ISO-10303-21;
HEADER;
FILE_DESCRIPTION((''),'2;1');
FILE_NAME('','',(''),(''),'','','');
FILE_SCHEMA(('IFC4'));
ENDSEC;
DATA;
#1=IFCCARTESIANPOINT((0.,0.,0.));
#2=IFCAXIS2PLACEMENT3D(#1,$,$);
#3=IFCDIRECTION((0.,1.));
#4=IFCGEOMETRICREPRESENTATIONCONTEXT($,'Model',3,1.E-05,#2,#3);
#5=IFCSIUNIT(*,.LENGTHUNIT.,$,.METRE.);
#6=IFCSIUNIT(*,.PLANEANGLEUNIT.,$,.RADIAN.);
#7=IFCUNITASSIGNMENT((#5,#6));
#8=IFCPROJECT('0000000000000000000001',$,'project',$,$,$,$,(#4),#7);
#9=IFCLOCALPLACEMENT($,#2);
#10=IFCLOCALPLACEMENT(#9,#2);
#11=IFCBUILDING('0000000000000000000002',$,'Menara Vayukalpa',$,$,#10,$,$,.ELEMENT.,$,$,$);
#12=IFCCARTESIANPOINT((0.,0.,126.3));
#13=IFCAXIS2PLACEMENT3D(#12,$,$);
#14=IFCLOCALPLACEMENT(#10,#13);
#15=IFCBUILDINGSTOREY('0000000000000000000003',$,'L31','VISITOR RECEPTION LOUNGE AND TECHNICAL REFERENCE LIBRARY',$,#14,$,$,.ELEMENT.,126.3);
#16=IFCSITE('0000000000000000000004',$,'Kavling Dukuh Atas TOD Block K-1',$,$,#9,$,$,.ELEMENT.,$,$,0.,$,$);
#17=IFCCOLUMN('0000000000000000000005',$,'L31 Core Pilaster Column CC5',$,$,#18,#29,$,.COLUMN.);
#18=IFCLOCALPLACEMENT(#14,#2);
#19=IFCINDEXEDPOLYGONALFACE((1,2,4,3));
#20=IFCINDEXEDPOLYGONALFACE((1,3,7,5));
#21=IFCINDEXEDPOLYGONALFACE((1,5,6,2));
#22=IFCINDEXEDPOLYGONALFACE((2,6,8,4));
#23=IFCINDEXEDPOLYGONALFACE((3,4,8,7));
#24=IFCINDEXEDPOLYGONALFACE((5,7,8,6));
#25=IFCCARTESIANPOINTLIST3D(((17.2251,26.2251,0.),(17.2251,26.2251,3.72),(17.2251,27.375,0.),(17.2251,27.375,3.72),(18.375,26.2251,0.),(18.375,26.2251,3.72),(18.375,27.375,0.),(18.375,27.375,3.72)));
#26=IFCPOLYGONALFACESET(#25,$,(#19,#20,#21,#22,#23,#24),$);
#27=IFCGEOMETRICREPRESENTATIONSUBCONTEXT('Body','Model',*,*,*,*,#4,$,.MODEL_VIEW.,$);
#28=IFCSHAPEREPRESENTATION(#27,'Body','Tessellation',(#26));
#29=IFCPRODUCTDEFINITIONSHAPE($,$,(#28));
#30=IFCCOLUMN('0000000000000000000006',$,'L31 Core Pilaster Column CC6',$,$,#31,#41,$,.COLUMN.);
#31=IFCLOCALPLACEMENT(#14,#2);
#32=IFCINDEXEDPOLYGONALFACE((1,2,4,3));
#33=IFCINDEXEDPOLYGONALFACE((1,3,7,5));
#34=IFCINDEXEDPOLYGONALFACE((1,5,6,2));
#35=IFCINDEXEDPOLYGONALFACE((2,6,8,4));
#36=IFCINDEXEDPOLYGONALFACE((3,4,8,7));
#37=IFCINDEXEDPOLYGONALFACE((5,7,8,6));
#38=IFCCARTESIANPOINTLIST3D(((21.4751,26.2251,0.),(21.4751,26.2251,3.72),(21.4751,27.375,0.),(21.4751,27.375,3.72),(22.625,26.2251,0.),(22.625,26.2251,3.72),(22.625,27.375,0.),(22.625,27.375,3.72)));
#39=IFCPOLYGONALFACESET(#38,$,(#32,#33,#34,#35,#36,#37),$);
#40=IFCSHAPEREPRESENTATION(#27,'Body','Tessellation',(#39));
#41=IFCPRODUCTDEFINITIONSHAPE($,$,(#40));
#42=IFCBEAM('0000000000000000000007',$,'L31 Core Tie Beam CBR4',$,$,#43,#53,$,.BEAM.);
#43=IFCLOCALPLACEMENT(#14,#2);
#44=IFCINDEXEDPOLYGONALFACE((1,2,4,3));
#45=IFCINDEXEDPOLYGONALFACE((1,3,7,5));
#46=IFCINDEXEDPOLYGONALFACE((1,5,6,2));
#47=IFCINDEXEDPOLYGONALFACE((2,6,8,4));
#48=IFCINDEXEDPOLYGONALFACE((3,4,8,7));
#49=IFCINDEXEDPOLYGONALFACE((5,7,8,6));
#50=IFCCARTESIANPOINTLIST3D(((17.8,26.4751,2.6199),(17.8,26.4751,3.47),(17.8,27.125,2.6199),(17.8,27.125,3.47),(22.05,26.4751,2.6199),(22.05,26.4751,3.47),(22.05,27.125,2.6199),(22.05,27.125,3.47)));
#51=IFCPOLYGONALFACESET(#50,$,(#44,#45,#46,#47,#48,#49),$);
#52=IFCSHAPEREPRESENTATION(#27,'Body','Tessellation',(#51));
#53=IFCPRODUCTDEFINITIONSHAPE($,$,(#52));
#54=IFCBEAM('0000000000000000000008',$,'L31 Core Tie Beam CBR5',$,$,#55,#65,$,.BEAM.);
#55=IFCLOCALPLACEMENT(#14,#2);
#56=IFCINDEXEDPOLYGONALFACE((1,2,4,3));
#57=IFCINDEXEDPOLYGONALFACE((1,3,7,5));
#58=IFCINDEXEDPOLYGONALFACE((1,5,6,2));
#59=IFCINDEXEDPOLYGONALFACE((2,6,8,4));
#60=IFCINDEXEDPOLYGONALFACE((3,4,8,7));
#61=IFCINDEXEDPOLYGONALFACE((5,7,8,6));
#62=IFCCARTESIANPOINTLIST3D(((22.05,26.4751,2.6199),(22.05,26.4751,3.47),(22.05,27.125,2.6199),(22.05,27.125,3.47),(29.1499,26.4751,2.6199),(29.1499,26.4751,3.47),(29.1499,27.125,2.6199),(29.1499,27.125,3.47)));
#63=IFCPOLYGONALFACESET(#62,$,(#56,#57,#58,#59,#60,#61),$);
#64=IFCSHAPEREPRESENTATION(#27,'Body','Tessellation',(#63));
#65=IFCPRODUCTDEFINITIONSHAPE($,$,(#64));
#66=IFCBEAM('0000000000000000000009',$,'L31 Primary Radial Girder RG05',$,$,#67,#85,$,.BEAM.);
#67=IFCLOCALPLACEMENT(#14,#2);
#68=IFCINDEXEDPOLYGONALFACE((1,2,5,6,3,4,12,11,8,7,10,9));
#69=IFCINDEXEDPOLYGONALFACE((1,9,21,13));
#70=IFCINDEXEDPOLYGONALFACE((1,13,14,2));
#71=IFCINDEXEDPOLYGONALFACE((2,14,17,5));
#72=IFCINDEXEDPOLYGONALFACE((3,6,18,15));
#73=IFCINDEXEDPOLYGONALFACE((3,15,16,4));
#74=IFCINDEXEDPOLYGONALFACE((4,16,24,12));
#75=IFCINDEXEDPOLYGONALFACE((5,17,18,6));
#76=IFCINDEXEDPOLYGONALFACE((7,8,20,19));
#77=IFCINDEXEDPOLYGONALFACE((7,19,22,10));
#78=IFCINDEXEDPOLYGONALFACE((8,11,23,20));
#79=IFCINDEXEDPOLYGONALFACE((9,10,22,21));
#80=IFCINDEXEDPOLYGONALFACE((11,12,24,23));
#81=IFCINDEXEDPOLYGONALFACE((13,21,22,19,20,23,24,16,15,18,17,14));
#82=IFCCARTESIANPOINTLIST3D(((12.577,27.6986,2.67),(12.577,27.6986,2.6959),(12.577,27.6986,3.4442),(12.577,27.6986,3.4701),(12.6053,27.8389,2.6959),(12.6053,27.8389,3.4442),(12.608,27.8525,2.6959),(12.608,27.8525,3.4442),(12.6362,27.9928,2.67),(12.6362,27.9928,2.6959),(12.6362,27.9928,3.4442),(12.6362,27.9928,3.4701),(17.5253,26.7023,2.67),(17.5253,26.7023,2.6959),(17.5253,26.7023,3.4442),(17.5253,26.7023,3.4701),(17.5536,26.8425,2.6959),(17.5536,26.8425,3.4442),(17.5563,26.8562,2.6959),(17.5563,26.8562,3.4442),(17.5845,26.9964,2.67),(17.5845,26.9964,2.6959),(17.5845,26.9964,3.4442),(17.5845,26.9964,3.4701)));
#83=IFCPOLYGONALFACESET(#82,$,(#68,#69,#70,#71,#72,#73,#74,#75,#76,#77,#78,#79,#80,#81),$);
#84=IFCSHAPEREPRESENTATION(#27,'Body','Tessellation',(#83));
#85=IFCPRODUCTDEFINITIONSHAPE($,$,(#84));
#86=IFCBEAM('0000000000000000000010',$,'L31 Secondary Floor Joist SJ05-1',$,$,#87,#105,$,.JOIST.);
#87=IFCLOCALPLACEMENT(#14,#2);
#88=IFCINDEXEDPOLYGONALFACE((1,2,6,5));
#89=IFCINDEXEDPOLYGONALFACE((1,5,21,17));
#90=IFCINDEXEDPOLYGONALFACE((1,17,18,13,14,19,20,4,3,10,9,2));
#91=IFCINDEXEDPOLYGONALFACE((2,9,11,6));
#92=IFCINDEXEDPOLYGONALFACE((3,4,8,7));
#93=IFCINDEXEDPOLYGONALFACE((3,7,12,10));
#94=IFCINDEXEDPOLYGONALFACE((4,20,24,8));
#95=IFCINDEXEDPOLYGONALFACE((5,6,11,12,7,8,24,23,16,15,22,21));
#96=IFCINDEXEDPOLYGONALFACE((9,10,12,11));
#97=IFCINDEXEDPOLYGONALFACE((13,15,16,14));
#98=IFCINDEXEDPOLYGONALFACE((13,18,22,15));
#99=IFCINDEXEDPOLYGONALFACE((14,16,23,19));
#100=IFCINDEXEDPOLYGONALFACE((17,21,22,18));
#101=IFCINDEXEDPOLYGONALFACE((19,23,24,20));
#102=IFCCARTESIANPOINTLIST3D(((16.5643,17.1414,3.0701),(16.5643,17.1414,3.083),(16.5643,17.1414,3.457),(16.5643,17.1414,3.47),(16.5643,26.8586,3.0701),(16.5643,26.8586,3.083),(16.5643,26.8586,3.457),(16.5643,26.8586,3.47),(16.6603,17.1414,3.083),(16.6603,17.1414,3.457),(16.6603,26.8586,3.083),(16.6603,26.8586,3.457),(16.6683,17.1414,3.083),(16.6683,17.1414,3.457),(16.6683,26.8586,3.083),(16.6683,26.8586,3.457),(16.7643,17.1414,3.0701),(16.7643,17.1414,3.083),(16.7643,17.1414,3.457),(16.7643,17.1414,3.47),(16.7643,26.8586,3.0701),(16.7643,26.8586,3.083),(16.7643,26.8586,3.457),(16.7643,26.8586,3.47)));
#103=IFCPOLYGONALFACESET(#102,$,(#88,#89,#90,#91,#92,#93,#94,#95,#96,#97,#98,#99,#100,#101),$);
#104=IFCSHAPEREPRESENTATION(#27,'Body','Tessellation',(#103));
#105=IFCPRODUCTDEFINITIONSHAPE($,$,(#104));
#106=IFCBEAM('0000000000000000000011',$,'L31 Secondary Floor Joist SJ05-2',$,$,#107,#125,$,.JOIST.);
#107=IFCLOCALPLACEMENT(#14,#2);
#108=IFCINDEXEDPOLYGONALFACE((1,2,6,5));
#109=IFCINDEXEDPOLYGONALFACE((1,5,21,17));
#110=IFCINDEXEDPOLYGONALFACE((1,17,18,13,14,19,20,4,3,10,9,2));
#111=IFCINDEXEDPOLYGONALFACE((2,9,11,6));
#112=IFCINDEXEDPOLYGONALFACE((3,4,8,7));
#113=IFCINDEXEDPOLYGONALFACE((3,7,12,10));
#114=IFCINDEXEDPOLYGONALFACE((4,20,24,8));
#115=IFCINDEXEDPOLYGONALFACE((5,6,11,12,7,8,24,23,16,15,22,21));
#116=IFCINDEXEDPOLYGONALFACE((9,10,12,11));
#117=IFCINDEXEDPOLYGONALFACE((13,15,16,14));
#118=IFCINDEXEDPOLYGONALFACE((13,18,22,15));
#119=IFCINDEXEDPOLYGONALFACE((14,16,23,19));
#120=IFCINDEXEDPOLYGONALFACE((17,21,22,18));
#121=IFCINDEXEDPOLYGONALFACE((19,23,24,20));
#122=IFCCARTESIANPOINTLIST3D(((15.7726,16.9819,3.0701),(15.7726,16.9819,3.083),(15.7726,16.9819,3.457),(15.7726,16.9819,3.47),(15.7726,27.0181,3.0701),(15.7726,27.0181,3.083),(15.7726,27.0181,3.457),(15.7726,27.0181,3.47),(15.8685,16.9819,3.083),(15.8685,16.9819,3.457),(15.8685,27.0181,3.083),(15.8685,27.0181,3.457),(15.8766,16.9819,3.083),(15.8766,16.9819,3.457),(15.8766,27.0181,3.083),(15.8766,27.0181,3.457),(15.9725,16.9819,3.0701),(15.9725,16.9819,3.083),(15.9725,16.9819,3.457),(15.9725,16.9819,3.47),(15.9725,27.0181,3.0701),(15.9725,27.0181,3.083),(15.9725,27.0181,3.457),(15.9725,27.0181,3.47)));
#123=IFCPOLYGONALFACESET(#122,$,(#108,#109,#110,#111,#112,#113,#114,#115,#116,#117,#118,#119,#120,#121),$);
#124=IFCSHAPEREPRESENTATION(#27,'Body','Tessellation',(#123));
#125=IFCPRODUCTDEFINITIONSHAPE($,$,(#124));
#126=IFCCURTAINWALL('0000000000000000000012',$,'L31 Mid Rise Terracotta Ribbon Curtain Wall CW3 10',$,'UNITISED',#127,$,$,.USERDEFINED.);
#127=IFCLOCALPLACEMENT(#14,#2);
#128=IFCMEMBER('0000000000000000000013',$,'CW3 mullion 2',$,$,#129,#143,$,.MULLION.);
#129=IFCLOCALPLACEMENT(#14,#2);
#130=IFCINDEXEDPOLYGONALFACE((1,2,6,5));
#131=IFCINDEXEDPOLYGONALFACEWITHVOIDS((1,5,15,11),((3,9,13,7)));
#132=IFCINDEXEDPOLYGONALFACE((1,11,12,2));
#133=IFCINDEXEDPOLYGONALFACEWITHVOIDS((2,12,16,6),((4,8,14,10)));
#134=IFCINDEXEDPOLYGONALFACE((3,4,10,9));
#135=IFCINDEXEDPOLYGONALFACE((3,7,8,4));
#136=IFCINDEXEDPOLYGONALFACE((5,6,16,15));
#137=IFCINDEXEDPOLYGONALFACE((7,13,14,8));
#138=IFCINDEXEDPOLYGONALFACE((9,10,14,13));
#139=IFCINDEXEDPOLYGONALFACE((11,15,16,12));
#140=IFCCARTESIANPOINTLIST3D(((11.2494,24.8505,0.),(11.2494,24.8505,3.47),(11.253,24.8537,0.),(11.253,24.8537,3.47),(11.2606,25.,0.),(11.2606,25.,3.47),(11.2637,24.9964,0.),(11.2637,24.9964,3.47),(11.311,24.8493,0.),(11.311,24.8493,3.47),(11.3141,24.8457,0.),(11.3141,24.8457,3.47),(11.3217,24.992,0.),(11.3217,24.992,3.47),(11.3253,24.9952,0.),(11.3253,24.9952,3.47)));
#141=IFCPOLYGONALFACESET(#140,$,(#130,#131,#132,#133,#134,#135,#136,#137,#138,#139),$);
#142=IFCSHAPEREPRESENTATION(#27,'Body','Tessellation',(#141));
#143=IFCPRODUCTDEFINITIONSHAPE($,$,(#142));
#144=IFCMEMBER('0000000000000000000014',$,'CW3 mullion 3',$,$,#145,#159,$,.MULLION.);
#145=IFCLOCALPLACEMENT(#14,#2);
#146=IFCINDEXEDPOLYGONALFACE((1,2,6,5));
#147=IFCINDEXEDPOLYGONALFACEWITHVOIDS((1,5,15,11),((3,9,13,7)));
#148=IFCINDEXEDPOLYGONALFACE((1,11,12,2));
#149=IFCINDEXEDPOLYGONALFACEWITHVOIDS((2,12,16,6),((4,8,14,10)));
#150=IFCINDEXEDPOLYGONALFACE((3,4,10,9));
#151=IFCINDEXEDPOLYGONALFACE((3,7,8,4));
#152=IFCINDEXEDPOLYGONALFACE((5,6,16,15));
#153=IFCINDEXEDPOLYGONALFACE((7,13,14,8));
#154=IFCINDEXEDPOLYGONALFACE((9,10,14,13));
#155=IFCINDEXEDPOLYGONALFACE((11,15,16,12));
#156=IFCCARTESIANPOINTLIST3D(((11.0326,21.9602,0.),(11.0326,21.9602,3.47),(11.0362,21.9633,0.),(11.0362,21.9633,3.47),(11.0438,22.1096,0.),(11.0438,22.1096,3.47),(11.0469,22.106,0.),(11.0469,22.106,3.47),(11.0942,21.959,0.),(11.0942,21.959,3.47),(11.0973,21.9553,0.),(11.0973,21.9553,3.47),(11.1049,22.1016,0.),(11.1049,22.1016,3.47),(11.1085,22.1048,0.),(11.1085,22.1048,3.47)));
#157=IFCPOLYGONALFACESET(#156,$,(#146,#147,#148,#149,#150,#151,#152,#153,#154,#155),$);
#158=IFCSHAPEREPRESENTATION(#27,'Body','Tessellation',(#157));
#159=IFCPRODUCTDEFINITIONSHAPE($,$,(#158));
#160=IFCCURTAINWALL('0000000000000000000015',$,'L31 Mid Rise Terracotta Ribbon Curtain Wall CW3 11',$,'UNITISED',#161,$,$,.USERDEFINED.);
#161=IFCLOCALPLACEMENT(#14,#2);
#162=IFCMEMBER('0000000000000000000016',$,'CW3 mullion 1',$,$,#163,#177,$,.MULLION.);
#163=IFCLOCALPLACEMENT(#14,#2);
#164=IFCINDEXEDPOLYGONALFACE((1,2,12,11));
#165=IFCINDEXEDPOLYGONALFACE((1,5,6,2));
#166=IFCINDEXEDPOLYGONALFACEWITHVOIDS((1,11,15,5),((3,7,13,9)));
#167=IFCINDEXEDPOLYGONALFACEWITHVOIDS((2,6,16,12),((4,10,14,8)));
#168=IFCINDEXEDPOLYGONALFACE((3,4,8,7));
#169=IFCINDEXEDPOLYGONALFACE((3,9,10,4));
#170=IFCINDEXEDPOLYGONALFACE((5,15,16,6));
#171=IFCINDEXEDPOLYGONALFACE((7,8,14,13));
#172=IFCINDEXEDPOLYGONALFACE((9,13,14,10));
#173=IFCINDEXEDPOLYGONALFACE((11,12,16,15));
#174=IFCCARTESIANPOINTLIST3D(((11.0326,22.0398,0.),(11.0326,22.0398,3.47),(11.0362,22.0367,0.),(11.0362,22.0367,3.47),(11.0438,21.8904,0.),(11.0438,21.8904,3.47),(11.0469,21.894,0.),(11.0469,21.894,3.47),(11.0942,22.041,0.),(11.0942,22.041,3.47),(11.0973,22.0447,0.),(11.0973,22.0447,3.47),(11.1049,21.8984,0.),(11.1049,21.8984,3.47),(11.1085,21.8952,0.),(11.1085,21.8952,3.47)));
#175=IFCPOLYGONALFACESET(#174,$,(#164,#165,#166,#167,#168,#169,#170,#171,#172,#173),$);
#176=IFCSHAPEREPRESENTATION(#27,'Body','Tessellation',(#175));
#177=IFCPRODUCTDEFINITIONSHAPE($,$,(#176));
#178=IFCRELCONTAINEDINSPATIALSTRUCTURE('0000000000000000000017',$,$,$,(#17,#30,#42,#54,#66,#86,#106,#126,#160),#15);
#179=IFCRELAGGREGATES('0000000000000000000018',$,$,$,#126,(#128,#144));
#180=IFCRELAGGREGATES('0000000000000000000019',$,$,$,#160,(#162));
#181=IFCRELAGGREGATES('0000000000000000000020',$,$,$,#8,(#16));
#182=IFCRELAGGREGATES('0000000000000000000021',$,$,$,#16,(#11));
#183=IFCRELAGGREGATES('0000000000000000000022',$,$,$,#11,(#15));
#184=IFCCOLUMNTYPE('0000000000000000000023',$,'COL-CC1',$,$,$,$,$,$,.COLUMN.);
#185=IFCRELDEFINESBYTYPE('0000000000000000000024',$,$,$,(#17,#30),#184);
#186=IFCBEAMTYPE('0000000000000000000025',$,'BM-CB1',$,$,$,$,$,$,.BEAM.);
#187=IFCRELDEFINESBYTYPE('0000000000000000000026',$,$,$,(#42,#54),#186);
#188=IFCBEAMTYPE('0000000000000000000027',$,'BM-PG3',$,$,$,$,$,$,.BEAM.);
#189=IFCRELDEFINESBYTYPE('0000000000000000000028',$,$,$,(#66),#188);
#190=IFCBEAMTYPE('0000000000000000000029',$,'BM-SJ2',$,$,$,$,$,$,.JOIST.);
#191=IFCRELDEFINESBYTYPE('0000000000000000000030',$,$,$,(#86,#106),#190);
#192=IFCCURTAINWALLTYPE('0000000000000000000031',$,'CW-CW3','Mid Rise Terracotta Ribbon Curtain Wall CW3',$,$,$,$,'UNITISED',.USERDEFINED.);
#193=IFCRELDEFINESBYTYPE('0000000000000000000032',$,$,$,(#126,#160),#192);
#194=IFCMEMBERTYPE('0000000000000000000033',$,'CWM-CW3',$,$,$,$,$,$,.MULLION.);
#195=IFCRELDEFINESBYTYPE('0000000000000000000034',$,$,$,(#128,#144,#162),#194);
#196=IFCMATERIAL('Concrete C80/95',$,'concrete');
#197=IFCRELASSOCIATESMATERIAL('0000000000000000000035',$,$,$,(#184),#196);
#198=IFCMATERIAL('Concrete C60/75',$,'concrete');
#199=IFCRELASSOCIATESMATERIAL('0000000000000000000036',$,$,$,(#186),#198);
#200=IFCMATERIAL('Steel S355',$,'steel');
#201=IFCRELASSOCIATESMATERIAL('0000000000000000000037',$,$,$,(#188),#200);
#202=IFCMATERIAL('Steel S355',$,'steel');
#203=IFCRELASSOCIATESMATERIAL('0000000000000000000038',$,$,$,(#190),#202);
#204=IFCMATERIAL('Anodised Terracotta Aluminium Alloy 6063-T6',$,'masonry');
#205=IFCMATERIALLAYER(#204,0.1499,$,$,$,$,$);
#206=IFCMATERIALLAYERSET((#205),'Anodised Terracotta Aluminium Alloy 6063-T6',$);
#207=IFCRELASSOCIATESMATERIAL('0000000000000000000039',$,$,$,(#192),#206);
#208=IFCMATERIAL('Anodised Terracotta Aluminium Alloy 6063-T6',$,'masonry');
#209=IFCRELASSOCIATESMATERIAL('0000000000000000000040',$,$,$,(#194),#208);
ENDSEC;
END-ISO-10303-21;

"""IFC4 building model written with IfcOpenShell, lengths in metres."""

from ifc_helpers import new_model, si_unit, direction, frame, origin, origin_2d, place, context, subcontext, project, spatial, rectangle, hollow_rectangle, i_section, extrude, material, layer, layer_set, material_profile, profile_set, type_object, element, aggregate, save


model = new_model("IFC4")

# Units and contexts
model_context = context("Model", 3, precision=1e-05, world=origin(), true_north=direction((0.0, 1.0)))
body_context = subcontext(model_context, "Body", "Model", "MODEL_VIEW")
ifc_project = project(units=[si_unit("LENGTHUNIT", "METRE"), si_unit("PLANEANGLEUNIT", "RADIAN")], contexts=[model_context])

# Site, building, storey
site_placement = place(None, origin())
site = spatial("IfcSite", under=ifc_project, at=site_placement, Name="Kavling Dukuh Atas TOD Block K-1", CompositionType="ELEMENT", RefElevation=0.0)
building_placement = place(site_placement, origin())
building = spatial("IfcBuilding", under=site, at=building_placement, Name="Menara Vayukalpa", CompositionType="ELEMENT")
storey_placement = place(building_placement, frame((0.0, 0.0, 126.3)))
storey = spatial("IfcBuildingStorey", under=building, at=storey_placement, Name="L31", Description="VISITOR RECEPTION LOUNGE AND TECHNICAL REFERENCE LIBRARY", CompositionType="ELEMENT", Elevation=126.3)

# Columns
ifc_material_1 = material(Name="Concrete C80/95", Category="concrete")
ifc_material_profile_1 = material_profile(ifc_material_1, rectangle(XDim=1.1499, YDim=1.1499, at=origin_2d()), Name="RC 1150x1150")
ifc_profile_set_1 = profile_set([ifc_material_profile_1], Name="Concrete C80/95")
column_type = type_object("IfcColumnType", Name="COL-CC1", PredefinedType="COLUMN", material=ifc_profile_set_1)
for number, where, z_axis, x_axis, name in (
    (1, (17.8, 26.8, 0.0), (0.0, 0.0, 1.0), (1.0, 0.0, 0.0), "L31 Core Pilaster Column CC5"),
    (2, (22.05, 26.8, 0.0), (0.0, 0.0, 1.0), (1.0, 0.0, 0.0), "L31 Core Pilaster Column CC6"),
):
    element("IfcColumn", number, at=place(storey_placement, frame(where, z_axis=z_axis, x_axis=x_axis)), inside=storey, type_object=column_type, Name=name, PredefinedType="COLUMN", context=body_context, shape_type="SweptSolid", body=[
        extrude(rectangle(XDim=1.1499, YDim=1.1499, at=origin_2d()), origin(), (0.0, 0.0, 1.0), 3.72),
    ])

# Beams
ifc_material_2 = material(Name="Concrete C60/75", Category="concrete")
ifc_material_profile_2 = material_profile(ifc_material_2, rectangle(XDim=0.6499, YDim=0.8501, at=origin_2d()), Name="RC 650x850")
ifc_profile_set_2 = profile_set([ifc_material_profile_2], Name="Concrete C60/75")
beam_type_1 = type_object("IfcBeamType", Name="BM-CB1", PredefinedType="BEAM", material=ifc_profile_set_2)
beam_1_placement = place(storey_placement, frame((17.8, 26.8, 3.0449), z_axis=(1.0, 0.0, 0.0), x_axis=(0.0, 1.0, 0.0)))
element("IfcBeam", 3, at=beam_1_placement, inside=storey, type_object=beam_type_1, Name="L31 Core Tie Beam CBR4", PredefinedType="BEAM", context=body_context, shape_type="SweptSolid", body=[
    extrude(rectangle(XDim=0.6499, YDim=0.8501, at=origin_2d()), origin(), (0.0, 0.0, 1.0), 4.25),
])
beam_2_placement = place(storey_placement, frame((22.05, 26.8, 3.0449), z_axis=(1.0, 0.0, 0.0), x_axis=(0.0, 1.0, 0.0)))
element("IfcBeam", 4, at=beam_2_placement, inside=storey, type_object=beam_type_1, Name="L31 Core Tie Beam CBR5", PredefinedType="BEAM", context=body_context, shape_type="SweptSolid", body=[
    extrude(rectangle(XDim=0.6499, YDim=0.8501, at=origin_2d()), origin(), (0.0, 0.0, 1.0), 7.0999),
])
ifc_material_3 = material(Name="Steel S355", Category="steel")
ifc_material_profile_3 = material_profile(ifc_material_3, i_section(OverallWidth=0.3, OverallDepth=0.8, WebThickness=0.0139, FlangeThickness=0.0259, at=origin_2d()), Name="WF 800x300x14x26")
ifc_profile_set_3 = profile_set([ifc_material_profile_3], Name="Steel S355")
beam_type_2 = type_object("IfcBeamType", Name="BM-PG3", PredefinedType="BEAM", material=ifc_profile_set_3)
beam_3_placement = place(storey_placement, frame((17.5549, 26.8494, 3.0701), z_axis=(-0.980325, 0.19739, 0.0), x_axis=(-0.19739, -0.980325, 0.0)))
element("IfcBeam", 5, at=beam_3_placement, inside=storey, type_object=beam_type_2, Name="L31 Primary Radial Girder RG05", PredefinedType="BEAM", context=body_context, shape_type="SweptSolid", body=[
    extrude(i_section(OverallWidth=0.3, OverallDepth=0.8, WebThickness=0.0139, FlangeThickness=0.0259, at=origin_2d()), origin(), (0.0, 0.0, 1.0), 5.0476),
])
ifc_material_4 = material(Name="Steel S355", Category="steel")
ifc_material_profile_4 = material_profile(ifc_material_4, i_section(OverallWidth=0.2, OverallDepth=0.3999, WebThickness=0.0081, FlangeThickness=0.0129, at=origin_2d()), Name="WF 400x200x8x13")
ifc_profile_set_4 = profile_set([ifc_material_profile_4], Name="Steel S355")
beam_type_3 = type_object("IfcBeamType", Name="BM-SJ2", PredefinedType="JOIST", material=ifc_profile_set_4)
beam_4_placement = place(storey_placement, frame((16.6643, 26.8586, 3.27), z_axis=(0.0, -1.0, 0.0), x_axis=(1.0, 0.0, 0.0)))
element("IfcBeam", 6, at=beam_4_placement, inside=storey, type_object=beam_type_3, Name="L31 Secondary Floor Joist SJ05-1", PredefinedType="JOIST", context=body_context, shape_type="SweptSolid", body=[
    extrude(i_section(OverallWidth=0.2, OverallDepth=0.3999, WebThickness=0.0081, FlangeThickness=0.0129, at=origin_2d()), origin(), (0.0, 0.0, 1.0), 9.7173),
])
beam_5_placement = place(storey_placement, frame((15.8726, 27.0181, 3.27), z_axis=(0.0, -1.0, 0.0), x_axis=(1.0, 0.0, 0.0)))
element("IfcBeam", 7, at=beam_5_placement, inside=storey, type_object=beam_type_3, Name="L31 Secondary Floor Joist SJ05-2", PredefinedType="JOIST", context=body_context, shape_type="SweptSolid", body=[
    extrude(i_section(OverallWidth=0.2, OverallDepth=0.3999, WebThickness=0.0081, FlangeThickness=0.0129, at=origin_2d()), origin(), (0.0, 0.0, 1.0), 10.0361),
])

# Curtain wall, members
ifc_material_5 = material(Name="Anodised Terracotta Aluminium Alloy 6063-T6", Category="masonry")
ifc_layer_1 = layer(ifc_material_5, 0.1499)
ifc_layer_set_1 = layer_set([ifc_layer_1], Name="Anodised Terracotta Aluminium Alloy 6063-T6")
curtain_wall_type = type_object("IfcCurtainWallType", Name="CW-CW3", Description="Mid Rise Terracotta Ribbon Curtain Wall CW3", ElementType="UNITISED", PredefinedType="USERDEFINED", material=ifc_layer_set_1)
curtain_wall_1_placement = place(storey_placement, origin())
curtain_wall_1 = element("IfcCurtainWall", 8, at=curtain_wall_1_placement, inside=storey, type_object=curtain_wall_type, Name="L31 Mid Rise Terracotta Ribbon Curtain Wall CW3 10", ObjectType="UNITISED", PredefinedType="USERDEFINED")
ifc_material_6 = material(Name="Anodised Terracotta Aluminium Alloy 6063-T6", Category="masonry")
ifc_material_profile_5 = material_profile(ifc_material_6, hollow_rectangle(XDim=0.0649, YDim=0.1499, WallThickness=0.0034, at=origin_2d()), Name="ALU 65x150x3.5")
ifc_profile_set_5 = profile_set([ifc_material_profile_5], Name="Anodised Terracotta Aluminium Alloy 6063-T6")
member_type_1 = type_object("IfcMemberType", Name="CWM-CW3", PredefinedType="MULLION", material=ifc_profile_set_5)
member_1_placement = place(storey_placement, frame((11.2874, 24.9229, 0.0), z_axis=(0.0, 0.0, 1.0), x_axis=(0.9972, -0.074785, 0.0)))
member_1 = element("IfcMember", 9, at=member_1_placement, type_object=member_type_1, Name="CW3 mullion 2", PredefinedType="MULLION", context=body_context, shape_type="SweptSolid", body=[
    extrude(hollow_rectangle(XDim=0.0649, YDim=0.1499, WallThickness=0.0034, at=origin_2d()), origin(), (0.0, 0.0, 1.0), 3.47),
])
member_2_placement = place(storey_placement, frame((11.0706, 22.0325, 0.0), z_axis=(0.0, 0.0, 1.0), x_axis=(0.9972, -0.074785, 0.0)))
member_2 = element("IfcMember", 10, at=member_2_placement, type_object=member_type_1, Name="CW3 mullion 3", PredefinedType="MULLION", context=body_context, shape_type="SweptSolid", body=[
    extrude(hollow_rectangle(XDim=0.0649, YDim=0.1499, WallThickness=0.0034, at=origin_2d()), origin(), (0.0, 0.0, 1.0), 3.47),
])

# Curtain wall, member
curtain_wall_2_placement = place(storey_placement, origin())
curtain_wall_2 = element("IfcCurtainWall", 11, at=curtain_wall_2_placement, inside=storey, type_object=curtain_wall_type, Name="L31 Mid Rise Terracotta Ribbon Curtain Wall CW3 11", ObjectType="UNITISED", PredefinedType="USERDEFINED")
member_3_placement = place(storey_placement, frame((11.0706, 21.9675, 0.0), z_axis=(0.0, 0.0, 1.0), x_axis=(0.9972, 0.074785, 0.0)))
member_3 = element("IfcMember", 12, at=member_3_placement, type_object=member_type_1, Name="CW3 mullion 1", PredefinedType="MULLION", context=body_context, shape_type="SweptSolid", body=[
    extrude(hollow_rectangle(XDim=0.0649, YDim=0.1499, WallThickness=0.0034, at=origin_2d()), origin(), (0.0, 0.0, 1.0), 3.47),
])

aggregate(curtain_wall_1, [member_1, member_2])
aggregate(curtain_wall_2, [member_3])

save(model, "model.ifc")
